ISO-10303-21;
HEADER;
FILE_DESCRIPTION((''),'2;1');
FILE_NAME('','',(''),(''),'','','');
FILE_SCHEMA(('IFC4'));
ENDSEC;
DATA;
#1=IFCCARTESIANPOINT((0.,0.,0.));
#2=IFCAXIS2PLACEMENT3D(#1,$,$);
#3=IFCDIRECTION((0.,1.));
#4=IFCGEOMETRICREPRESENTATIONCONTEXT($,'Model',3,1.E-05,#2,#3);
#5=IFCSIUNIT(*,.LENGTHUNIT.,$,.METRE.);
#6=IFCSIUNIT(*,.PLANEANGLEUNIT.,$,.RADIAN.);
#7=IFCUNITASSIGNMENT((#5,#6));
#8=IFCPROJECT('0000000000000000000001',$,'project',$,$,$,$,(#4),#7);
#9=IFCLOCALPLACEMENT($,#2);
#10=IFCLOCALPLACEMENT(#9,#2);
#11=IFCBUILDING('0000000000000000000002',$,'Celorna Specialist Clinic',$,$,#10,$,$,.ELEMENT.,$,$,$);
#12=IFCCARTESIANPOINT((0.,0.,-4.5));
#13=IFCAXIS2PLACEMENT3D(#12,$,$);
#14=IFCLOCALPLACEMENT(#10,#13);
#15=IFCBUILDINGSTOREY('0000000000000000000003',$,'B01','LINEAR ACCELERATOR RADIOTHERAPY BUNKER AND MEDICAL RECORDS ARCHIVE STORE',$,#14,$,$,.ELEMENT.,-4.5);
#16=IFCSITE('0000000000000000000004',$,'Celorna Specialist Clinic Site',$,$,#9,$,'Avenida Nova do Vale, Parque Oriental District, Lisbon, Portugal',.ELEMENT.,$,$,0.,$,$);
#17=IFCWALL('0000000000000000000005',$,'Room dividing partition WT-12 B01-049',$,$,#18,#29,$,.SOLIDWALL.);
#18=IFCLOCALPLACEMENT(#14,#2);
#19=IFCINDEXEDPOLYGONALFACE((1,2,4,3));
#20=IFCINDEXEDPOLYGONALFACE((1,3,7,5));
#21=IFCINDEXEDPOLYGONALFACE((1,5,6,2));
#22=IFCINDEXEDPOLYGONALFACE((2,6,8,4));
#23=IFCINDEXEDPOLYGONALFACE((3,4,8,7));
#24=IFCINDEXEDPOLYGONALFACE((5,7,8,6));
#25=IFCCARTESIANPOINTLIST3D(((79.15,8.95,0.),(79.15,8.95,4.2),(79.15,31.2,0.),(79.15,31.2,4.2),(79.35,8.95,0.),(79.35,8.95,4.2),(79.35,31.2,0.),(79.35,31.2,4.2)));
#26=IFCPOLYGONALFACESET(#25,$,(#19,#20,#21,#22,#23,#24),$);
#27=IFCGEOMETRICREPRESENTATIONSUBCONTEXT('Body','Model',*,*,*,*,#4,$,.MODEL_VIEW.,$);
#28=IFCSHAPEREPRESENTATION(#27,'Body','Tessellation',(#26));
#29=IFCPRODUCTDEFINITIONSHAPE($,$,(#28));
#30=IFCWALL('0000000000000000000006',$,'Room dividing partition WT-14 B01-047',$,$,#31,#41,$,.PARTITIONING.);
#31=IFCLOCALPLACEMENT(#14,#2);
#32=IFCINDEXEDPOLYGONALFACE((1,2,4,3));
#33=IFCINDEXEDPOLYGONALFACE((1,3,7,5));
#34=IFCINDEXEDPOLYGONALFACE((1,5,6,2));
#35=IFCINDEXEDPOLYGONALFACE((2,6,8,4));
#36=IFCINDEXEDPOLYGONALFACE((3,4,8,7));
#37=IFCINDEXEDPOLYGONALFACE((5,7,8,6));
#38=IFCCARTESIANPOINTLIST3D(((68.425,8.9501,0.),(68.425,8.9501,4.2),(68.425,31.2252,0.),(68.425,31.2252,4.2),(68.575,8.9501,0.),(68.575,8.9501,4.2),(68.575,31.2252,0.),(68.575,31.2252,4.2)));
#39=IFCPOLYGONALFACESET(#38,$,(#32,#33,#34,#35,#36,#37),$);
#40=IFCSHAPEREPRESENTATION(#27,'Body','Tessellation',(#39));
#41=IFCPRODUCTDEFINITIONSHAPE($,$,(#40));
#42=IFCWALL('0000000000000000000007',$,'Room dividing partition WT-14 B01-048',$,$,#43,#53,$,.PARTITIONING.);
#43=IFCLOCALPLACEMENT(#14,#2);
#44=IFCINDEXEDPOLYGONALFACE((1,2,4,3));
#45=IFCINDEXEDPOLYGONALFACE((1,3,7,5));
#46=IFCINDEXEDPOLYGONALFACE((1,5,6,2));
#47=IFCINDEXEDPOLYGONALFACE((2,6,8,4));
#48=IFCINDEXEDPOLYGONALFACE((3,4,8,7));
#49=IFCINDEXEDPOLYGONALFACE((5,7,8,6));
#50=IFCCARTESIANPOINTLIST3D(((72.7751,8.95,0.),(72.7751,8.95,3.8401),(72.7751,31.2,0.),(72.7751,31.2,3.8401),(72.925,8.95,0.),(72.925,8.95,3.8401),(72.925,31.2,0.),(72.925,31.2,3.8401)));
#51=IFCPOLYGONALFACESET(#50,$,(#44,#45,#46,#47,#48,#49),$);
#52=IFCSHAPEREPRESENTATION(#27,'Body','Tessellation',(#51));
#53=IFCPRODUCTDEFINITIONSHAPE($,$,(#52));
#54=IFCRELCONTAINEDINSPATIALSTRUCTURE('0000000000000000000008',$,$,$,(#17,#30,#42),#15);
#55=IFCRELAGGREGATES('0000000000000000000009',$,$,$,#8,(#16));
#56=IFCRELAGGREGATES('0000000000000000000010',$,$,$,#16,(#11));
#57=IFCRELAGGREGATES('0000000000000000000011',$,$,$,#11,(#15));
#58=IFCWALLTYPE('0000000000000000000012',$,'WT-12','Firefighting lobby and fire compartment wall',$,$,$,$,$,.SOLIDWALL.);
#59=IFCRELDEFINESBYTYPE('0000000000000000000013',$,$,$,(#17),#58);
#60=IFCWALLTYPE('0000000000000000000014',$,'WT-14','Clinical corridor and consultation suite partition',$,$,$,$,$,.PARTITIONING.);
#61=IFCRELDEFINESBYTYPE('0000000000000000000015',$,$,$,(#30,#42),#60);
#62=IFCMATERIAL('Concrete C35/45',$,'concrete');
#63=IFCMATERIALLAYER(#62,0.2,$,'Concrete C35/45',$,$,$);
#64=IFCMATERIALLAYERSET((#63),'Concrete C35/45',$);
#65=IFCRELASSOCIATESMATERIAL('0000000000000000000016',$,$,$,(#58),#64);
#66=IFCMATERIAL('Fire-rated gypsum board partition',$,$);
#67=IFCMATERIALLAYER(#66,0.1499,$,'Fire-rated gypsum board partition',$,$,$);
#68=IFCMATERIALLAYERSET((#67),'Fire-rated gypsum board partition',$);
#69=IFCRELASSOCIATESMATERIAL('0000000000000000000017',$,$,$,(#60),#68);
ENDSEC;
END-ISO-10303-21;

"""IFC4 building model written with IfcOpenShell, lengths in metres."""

from ifc_helpers import new_model, si_unit, direction, frame, frame_2d, origin, place, context, subcontext, project, spatial, rectangle, extrude, material, layer, layer_set, type_object, element, save


model = new_model("IFC4")

# Units and contexts
model_context = context("Model", 3, precision=1e-05, world=origin(), true_north=direction((0.0, 1.0)))
body_context = subcontext(model_context, "Body", "Model", "MODEL_VIEW")
ifc_project = project(units=[si_unit("LENGTHUNIT", "METRE"), si_unit("PLANEANGLEUNIT", "RADIAN")], contexts=[model_context])

# Site, building, storey
site_placement = place(None, origin())
site = spatial("IfcSite", under=ifc_project, at=site_placement, Name="Celorna Specialist Clinic Site", LongName="Avenida Nova do Vale, Parque Oriental District, Lisbon, Portugal", CompositionType="ELEMENT", RefElevation=0.0)
building_placement = place(site_placement, origin())
building = spatial("IfcBuilding", under=site, at=building_placement, Name="Celorna Specialist Clinic", CompositionType="ELEMENT")
storey_placement = place(building_placement, frame((0.0, 0.0, -4.5)))
storey = spatial("IfcBuildingStorey", under=building, at=storey_placement, Name="B01", Description="LINEAR ACCELERATOR RADIOTHERAPY BUNKER AND MEDICAL RECORDS ARCHIVE STORE", CompositionType="ELEMENT", Elevation=-4.5)

# Shared definitions
ifc_material_1 = material(Name="Concrete C35/45", Category="concrete")

# Walls
ifc_layer_1 = layer(ifc_material_1, 0.2, Name="Concrete C35/45")
ifc_layer_set_1 = layer_set([ifc_layer_1], Name="Concrete C35/45")
wall_type_1 = type_object("IfcWallType", Name="WT-12", Description="Firefighting lobby and fire compartment wall", PredefinedType="SOLIDWALL", material=ifc_layer_set_1)
wall_1_placement = place(storey_placement, frame((79.25, 8.95, 0.0), z_axis=(0.0, 0.0, 1.0), x_axis=(0.0, 1.0, 0.0)))
element("IfcWall", 1, at=wall_1_placement, inside=storey, type_object=wall_type_1, Name="Room dividing partition WT-12 B01-049", PredefinedType="SOLIDWALL", context=body_context, shape_type="SweptSolid", body=[
    extrude(rectangle(XDim=22.25, YDim=0.2, at=frame_2d((11.125, 0.0))), origin(), (0.0, 0.0, 1.0), 4.2),
])
ifc_material_2 = material(Name="Fire-rated gypsum board partition")
ifc_layer_2 = layer(ifc_material_2, 0.1499, Name="Fire-rated gypsum board partition")
ifc_layer_set_2 = layer_set([ifc_layer_2], Name="Fire-rated gypsum board partition")
wall_type_2 = type_object("IfcWallType", Name="WT-14", Description="Clinical corridor and consultation suite partition", PredefinedType="PARTITIONING", material=ifc_layer_set_2)
wall_2_placement = place(storey_placement, frame((68.5, 8.95, 0.0), z_axis=(0.0, 0.0, 1.0), x_axis=(0.0, 1.0, 0.0)))
element("IfcWall", 2, at=wall_2_placement, inside=storey, type_object=wall_type_2, Name="Room dividing partition WT-14 B01-047", PredefinedType="PARTITIONING", context=body_context, shape_type="SweptSolid", body=[
    extrude(rectangle(XDim=22.2751, YDim=0.1499, at=frame_2d((11.1377, 0.0))), origin(), (0.0, 0.0, 1.0), 4.2),
])
wall_3_placement = place(storey_placement, frame((72.8501, 8.95, 0.0), z_axis=(0.0, 0.0, 1.0), x_axis=(0.0, 1.0, 0.0)))
element("IfcWall", 3, at=wall_3_placement, inside=storey, type_object=wall_type_2, Name="Room dividing partition WT-14 B01-048", PredefinedType="PARTITIONING", context=body_context, shape_type="SweptSolid", body=[
    extrude(rectangle(XDim=22.25, YDim=0.1499, at=frame_2d((11.125, 0.0))), origin(), (0.0, 0.0, 1.0), 3.8401),
])

save(model, "model.ifc")
